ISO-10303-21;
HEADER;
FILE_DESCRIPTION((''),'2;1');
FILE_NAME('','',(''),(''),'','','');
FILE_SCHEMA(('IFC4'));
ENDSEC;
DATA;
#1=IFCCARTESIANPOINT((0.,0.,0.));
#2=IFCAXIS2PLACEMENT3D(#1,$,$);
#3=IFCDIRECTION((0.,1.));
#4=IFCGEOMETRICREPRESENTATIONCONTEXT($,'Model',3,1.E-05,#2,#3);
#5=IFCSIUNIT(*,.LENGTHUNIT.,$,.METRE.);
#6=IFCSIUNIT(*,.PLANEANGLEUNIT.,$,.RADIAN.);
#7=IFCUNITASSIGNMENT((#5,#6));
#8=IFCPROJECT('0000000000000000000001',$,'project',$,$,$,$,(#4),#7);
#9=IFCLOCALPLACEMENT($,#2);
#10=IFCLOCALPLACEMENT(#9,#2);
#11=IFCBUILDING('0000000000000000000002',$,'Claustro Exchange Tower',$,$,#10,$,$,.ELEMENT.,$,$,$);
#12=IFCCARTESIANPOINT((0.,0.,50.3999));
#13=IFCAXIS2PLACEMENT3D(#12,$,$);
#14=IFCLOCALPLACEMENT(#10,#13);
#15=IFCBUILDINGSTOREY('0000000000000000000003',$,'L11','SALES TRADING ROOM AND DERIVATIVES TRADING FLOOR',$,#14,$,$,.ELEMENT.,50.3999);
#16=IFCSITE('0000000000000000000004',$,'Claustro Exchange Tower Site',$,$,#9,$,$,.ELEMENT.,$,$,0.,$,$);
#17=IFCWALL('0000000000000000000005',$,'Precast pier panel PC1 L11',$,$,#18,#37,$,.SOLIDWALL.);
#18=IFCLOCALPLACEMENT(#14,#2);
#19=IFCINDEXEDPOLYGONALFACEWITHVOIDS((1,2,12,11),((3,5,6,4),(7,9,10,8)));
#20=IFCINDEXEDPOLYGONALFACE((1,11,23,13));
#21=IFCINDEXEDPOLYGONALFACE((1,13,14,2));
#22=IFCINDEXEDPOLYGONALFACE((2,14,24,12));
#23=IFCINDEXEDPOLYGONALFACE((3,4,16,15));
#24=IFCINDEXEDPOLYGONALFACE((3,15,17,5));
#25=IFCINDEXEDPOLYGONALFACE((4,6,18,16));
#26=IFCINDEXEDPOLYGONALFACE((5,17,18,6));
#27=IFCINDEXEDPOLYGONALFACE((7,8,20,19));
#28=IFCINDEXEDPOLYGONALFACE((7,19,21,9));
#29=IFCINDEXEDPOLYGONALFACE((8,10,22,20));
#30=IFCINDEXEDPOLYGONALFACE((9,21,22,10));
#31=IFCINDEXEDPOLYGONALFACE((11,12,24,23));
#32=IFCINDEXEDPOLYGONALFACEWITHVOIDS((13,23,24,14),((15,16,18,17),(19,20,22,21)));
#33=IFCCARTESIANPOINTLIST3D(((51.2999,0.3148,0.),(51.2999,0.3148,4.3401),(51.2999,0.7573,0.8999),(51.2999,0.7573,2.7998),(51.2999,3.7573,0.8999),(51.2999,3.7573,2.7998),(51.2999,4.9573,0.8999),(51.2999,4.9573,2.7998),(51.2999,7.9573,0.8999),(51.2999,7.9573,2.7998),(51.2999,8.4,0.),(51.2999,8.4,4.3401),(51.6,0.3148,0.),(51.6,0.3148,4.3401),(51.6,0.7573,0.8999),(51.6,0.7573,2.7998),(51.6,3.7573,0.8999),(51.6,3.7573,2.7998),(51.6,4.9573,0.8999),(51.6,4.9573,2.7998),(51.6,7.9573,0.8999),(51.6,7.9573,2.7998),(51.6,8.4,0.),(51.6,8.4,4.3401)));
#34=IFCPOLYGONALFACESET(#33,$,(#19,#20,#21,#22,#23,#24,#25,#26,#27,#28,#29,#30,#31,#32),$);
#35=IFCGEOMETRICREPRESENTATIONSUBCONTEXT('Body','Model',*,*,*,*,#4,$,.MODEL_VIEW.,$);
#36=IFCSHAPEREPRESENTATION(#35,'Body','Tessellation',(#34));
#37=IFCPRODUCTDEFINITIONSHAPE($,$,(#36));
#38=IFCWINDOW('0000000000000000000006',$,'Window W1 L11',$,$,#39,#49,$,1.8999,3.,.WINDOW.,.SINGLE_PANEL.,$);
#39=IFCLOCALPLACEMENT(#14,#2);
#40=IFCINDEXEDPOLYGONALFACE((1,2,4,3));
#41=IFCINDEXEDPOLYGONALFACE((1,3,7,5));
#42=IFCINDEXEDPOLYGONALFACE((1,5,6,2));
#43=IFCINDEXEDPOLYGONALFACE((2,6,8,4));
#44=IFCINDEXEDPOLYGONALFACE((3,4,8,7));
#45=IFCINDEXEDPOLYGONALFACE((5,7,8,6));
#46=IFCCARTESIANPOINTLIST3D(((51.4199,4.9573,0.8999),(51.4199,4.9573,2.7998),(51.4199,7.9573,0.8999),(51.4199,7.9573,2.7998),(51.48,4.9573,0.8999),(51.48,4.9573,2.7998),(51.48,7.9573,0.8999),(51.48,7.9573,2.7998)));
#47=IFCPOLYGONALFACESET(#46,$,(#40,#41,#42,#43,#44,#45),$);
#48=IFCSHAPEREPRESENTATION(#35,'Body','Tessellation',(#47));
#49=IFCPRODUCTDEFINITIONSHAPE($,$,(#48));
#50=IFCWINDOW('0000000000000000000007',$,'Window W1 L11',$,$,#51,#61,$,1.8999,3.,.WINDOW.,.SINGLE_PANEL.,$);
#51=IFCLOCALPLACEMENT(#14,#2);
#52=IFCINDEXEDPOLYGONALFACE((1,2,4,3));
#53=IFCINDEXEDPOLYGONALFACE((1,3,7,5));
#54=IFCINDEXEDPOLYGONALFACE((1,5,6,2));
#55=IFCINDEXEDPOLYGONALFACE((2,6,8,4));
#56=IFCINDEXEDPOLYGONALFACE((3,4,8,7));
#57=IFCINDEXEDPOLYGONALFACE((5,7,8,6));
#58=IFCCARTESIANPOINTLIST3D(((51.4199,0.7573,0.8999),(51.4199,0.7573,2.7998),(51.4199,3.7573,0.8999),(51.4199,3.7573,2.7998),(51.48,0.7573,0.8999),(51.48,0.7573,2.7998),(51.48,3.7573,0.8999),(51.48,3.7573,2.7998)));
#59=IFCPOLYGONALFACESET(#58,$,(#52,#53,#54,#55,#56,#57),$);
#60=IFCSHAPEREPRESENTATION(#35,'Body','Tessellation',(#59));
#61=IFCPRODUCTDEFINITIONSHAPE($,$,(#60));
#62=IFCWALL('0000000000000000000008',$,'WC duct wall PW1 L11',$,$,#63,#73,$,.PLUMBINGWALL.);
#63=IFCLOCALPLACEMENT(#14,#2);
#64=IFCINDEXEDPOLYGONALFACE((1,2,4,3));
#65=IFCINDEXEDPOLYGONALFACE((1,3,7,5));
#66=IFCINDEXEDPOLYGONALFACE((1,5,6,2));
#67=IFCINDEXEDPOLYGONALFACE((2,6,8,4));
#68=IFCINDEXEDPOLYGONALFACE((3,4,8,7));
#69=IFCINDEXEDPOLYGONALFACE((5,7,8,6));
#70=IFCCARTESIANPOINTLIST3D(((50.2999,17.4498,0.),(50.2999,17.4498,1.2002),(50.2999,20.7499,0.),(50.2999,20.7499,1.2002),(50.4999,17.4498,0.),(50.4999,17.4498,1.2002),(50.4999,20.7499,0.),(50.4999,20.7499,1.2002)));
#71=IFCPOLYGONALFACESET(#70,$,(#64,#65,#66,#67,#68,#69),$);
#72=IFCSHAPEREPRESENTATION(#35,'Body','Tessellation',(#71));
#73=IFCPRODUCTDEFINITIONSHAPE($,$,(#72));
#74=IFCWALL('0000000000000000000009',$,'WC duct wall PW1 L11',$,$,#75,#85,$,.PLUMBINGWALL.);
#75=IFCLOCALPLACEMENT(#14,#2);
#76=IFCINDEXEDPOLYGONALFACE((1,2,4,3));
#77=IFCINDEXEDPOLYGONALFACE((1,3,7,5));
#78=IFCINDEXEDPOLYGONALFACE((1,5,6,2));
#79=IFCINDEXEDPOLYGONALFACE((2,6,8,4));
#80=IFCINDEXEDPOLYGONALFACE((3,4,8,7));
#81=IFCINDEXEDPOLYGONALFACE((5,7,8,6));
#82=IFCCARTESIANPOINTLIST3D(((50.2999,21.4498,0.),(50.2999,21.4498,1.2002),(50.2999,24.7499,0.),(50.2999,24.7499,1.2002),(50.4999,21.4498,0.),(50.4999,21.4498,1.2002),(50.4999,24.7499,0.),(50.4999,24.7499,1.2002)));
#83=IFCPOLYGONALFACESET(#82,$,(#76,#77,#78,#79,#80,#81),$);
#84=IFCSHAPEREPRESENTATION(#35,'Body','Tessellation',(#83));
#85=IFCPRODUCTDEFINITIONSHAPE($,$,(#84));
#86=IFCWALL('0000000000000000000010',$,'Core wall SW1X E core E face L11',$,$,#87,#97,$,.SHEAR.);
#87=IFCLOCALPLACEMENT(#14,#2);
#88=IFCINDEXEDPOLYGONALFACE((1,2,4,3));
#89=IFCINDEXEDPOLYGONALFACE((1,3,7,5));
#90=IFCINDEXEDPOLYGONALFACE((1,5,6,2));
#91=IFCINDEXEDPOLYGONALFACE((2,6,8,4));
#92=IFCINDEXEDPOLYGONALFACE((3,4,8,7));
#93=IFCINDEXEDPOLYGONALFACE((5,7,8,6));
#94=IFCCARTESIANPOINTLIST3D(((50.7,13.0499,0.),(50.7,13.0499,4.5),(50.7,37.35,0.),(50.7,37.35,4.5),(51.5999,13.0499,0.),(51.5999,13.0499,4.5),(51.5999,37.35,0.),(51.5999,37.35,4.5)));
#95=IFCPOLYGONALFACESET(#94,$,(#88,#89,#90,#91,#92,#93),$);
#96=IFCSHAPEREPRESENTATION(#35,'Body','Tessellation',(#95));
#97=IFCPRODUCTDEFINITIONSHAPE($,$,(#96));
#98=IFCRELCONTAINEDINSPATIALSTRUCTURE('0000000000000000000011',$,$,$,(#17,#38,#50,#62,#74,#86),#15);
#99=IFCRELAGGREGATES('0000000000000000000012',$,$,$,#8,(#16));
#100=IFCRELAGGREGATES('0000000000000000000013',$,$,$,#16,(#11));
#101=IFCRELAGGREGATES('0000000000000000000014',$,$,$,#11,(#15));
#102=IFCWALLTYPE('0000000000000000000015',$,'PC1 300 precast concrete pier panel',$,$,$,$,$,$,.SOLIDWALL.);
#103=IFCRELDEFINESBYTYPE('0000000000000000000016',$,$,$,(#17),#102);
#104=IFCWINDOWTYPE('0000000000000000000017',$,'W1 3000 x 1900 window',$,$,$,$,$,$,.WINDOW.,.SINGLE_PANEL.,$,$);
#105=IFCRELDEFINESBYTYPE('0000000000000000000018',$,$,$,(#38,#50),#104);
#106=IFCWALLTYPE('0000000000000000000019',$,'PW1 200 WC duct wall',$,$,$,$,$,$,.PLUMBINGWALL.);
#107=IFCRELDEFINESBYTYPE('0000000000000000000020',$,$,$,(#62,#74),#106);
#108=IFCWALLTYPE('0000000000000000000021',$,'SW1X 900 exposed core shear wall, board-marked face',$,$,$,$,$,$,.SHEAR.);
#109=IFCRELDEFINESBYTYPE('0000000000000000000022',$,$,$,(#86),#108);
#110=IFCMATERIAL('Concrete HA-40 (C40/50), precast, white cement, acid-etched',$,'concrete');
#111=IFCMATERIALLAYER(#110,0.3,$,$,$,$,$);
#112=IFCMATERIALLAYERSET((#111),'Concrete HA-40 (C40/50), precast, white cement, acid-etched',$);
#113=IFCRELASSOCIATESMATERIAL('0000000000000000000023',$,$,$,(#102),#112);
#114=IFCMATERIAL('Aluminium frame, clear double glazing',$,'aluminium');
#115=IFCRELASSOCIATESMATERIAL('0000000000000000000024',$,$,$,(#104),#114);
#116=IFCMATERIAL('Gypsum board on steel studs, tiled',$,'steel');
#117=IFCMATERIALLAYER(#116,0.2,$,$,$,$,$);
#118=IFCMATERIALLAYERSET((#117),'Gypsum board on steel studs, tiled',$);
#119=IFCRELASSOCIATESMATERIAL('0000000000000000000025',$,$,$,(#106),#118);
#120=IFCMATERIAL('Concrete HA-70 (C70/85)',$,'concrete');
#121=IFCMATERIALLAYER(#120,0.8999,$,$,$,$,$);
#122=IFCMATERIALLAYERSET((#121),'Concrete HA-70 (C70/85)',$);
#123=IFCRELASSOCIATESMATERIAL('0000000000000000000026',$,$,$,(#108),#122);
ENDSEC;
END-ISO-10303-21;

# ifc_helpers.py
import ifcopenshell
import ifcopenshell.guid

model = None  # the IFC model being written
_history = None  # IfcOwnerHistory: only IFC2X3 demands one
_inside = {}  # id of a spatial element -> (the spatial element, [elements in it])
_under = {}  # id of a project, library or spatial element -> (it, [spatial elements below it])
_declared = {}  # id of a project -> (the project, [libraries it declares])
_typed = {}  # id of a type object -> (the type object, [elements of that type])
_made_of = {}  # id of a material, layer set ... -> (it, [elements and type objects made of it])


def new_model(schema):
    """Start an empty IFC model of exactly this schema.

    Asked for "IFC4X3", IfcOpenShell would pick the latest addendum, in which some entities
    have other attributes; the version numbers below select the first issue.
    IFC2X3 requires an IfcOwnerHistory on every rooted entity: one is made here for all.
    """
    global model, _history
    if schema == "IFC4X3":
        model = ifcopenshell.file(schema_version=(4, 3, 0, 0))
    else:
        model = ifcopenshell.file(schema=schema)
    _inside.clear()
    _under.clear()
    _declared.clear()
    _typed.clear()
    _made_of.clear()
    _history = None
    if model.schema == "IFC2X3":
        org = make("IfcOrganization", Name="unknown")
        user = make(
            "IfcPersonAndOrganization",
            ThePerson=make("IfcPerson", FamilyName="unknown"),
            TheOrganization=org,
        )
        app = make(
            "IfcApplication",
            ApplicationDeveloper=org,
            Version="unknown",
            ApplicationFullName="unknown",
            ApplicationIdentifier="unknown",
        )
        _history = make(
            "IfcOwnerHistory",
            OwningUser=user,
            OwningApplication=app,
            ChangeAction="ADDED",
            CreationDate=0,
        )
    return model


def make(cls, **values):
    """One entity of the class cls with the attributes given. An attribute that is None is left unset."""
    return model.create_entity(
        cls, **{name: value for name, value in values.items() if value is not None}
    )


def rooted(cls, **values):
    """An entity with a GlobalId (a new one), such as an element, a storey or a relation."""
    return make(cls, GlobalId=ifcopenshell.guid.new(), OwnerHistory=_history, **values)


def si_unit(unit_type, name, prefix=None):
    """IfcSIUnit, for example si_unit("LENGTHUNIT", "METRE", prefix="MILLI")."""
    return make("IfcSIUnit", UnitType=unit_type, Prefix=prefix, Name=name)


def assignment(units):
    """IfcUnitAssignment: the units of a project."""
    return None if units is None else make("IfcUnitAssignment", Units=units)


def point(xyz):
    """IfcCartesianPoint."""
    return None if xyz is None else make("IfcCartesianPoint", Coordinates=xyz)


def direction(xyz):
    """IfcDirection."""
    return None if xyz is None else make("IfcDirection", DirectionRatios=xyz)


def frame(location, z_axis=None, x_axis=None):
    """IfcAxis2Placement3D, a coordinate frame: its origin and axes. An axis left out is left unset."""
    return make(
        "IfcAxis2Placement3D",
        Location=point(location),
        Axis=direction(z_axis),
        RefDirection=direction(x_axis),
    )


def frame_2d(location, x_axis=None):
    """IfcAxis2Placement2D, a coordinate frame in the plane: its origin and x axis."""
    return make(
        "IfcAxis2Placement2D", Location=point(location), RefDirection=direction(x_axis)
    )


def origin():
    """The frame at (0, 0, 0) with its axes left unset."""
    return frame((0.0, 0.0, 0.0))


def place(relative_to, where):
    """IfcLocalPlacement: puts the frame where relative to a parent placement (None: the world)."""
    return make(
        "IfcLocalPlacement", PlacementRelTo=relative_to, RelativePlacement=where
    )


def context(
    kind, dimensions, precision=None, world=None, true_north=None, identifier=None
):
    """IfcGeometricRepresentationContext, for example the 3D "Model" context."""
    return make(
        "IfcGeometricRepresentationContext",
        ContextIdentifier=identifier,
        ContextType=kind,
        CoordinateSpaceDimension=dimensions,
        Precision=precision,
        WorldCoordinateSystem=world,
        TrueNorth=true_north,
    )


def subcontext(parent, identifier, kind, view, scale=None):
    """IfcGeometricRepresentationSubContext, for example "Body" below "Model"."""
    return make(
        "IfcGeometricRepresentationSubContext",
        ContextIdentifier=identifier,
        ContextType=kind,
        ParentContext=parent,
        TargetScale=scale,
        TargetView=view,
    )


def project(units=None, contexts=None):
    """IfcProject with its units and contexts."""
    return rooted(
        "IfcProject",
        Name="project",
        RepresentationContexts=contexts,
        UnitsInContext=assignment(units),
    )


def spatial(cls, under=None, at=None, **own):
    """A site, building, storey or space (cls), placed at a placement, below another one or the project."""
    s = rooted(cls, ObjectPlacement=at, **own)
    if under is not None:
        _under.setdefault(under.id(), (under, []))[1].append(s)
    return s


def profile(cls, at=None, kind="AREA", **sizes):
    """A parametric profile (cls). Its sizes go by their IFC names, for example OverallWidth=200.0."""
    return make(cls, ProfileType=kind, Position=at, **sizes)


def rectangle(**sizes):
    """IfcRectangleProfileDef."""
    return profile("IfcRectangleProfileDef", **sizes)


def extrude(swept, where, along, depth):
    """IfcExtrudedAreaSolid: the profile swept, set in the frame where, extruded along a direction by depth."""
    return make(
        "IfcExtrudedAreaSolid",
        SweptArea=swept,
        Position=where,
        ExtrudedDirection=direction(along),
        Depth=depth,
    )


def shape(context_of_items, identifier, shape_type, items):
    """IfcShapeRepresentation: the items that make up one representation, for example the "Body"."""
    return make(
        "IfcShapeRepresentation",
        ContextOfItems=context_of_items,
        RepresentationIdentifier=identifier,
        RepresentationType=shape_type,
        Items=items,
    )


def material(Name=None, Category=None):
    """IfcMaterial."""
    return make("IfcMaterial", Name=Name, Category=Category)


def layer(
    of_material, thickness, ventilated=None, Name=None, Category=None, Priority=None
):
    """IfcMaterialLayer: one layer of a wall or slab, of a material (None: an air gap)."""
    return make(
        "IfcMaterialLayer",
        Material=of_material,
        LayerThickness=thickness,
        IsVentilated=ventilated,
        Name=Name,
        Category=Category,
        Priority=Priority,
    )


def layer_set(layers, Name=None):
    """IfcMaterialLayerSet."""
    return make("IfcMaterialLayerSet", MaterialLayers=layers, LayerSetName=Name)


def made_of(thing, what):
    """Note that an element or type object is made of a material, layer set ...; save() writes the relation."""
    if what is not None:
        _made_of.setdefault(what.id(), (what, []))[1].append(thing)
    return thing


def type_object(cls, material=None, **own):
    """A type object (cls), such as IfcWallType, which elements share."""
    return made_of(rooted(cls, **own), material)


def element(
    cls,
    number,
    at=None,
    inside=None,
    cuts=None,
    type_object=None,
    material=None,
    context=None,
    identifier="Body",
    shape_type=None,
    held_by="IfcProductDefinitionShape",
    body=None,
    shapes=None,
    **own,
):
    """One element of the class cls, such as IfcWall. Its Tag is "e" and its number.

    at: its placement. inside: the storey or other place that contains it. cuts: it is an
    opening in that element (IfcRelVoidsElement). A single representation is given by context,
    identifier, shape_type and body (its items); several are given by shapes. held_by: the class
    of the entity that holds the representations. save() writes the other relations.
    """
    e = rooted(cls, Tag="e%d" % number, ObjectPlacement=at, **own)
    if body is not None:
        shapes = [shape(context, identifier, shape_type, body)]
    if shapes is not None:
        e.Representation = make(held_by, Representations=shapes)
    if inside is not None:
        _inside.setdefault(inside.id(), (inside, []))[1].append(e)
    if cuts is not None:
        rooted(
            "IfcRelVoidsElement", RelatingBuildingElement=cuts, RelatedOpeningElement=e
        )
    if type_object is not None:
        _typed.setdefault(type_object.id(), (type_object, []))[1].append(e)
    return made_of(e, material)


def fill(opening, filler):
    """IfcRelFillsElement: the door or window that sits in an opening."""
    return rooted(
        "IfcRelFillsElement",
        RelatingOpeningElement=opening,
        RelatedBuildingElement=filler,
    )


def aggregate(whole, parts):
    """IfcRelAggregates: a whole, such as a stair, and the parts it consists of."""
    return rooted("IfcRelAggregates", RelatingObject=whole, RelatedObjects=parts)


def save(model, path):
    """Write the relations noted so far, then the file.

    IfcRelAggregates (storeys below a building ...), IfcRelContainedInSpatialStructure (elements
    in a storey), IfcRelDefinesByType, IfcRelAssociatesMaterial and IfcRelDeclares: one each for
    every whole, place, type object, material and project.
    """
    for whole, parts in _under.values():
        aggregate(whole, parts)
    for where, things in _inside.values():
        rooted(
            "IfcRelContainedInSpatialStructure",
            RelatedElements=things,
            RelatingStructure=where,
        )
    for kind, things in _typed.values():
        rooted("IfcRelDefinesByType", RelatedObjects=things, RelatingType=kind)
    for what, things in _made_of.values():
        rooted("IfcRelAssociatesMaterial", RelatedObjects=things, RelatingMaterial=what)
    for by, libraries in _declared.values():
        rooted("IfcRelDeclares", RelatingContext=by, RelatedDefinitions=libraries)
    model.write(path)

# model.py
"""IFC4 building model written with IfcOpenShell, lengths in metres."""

from ifc_helpers import new_model, si_unit, direction, frame, frame_2d, origin, place, context, subcontext, project, spatial, rectangle, extrude, material, layer, layer_set, type_object, element, fill, save


model = new_model("IFC4")

# Units and contexts
model_context = context("Model", 3, precision=1e-05, world=origin(), true_north=direction((0.0, 1.0)))
body_context = subcontext(model_context, "Body", "Model", "MODEL_VIEW")
ifc_project = project(units=[si_unit("LENGTHUNIT", "METRE"), si_unit("PLANEANGLEUNIT", "RADIAN")], contexts=[model_context])

# Site, building, storey
site_placement = place(None, origin())
site = spatial("IfcSite", under=ifc_project, at=site_placement, Name="Claustro Exchange Tower Site", CompositionType="ELEMENT", RefElevation=0.0)
building_placement = place(site_placement, origin())
building = spatial("IfcBuilding", under=site, at=building_placement, Name="Claustro Exchange Tower", CompositionType="ELEMENT")
storey_placement = place(building_placement, frame((0.0, 0.0, 50.3999)))
storey = spatial("IfcBuildingStorey", under=building, at=storey_placement, Name="L11", Description="SALES TRADING ROOM AND DERIVATIVES TRADING FLOOR", CompositionType="ELEMENT", Elevation=50.3999)

# Shared definitions
ifc_material_1 = material(Name="Concrete HA-40 (C40/50), precast, white cement, acid-etched", Category="concrete")
ifc_layer_1 = layer(ifc_material_1, 0.3)
ifc_layer_set_1 = layer_set([ifc_layer_1], Name="Concrete HA-40 (C40/50), precast, white cement, acid-etched")
wall_type_1 = type_object("IfcWallType", Name="PC1 300 precast concrete pier panel", PredefinedType="SOLIDWALL", material=ifc_layer_set_1)

# Wall, openings, windows
wall_1_placement = place(storey_placement, frame((51.45, 8.3999, 0.0), z_axis=(0.0, 0.0, 1.0), x_axis=(0.0, -1.0, 0.0)))
wall_1 = element("IfcWall", 1, at=wall_1_placement, inside=storey, type_object=wall_type_1, Name="Precast pier panel PC1 L11", PredefinedType="SOLIDWALL", context=body_context, shape_type="SweptSolid", body=[
    extrude(rectangle(XDim=8.0852, YDim=0.3, at=frame_2d((4.0425, 0.0))), origin(), (0.0, 0.0, 1.0), 4.3401),
])
opening_1_placement = place(wall_1_placement, frame((0.4426, 0.0, 0.8999)))
opening_1 = element("IfcOpeningElement", 2, at=opening_1_placement, cuts=wall_1, PredefinedType="OPENING", context=body_context, shape_type="SweptSolid", body=[
    extrude(rectangle(XDim=3.0, YDim=1.8999, at=frame_2d((1.5, 0.95))), frame((0.0, 0.1599, 0.0), z_axis=(0.0, -1.0, 0.0), x_axis=(1.0, 0.0, 0.0)), (0.0, 0.0, 1.0), 0.3201),
])
opening_2_placement = place(wall_1_placement, frame((4.6426, 0.0, 0.8999)))
opening_2 = element("IfcOpeningElement", 3, at=opening_2_placement, cuts=wall_1, PredefinedType="OPENING", context=body_context, shape_type="SweptSolid", body=[
    extrude(rectangle(XDim=3.0, YDim=1.8999, at=frame_2d((1.5, 0.95))), frame((0.0, 0.1599, 0.0), z_axis=(0.0, -1.0, 0.0), x_axis=(1.0, 0.0, 0.0)), (0.0, 0.0, 1.0), 0.3201),
])
ifc_material_2 = material(Name="Aluminium frame, clear double glazing", Category="aluminium")
window_type_1 = type_object("IfcWindowType", Name="W1 3000 x 1900 window", PartitioningType="SINGLE_PANEL", PredefinedType="WINDOW", material=ifc_material_2)
window_1_placement = place(opening_1_placement, origin())
window_1 = element("IfcWindow", 4, at=window_1_placement, inside=storey, type_object=window_type_1, Name="Window W1 L11", OverallHeight=1.8999, OverallWidth=3.0, PartitioningType="SINGLE_PANEL", PredefinedType="WINDOW", context=body_context, shape_type="SweptSolid", body=[
    extrude(rectangle(XDim=3.0, YDim=1.8999, at=frame_2d((1.5, 0.95))), frame((0.0, 0.03, 0.0), z_axis=(0.0, -1.0, 0.0), x_axis=(1.0, 0.0, 0.0)), (0.0, 0.0, 1.0), 0.0601),
])
fill(opening_1, window_1)
window_2_placement = place(opening_2_placement, origin())
window_2 = element("IfcWindow", 5, at=window_2_placement, inside=storey, type_object=window_type_1, Name="Window W1 L11", OverallHeight=1.8999, OverallWidth=3.0, PartitioningType="SINGLE_PANEL", PredefinedType="WINDOW", context=body_context, shape_type="SweptSolid", body=[
    extrude(rectangle(XDim=3.0, YDim=1.8999, at=frame_2d((1.5, 0.95))), frame((0.0, 0.03, 0.0), z_axis=(0.0, -1.0, 0.0), x_axis=(1.0, 0.0, 0.0)), (0.0, 0.0, 1.0), 0.0601),
])
fill(opening_2, window_2)

# Walls
ifc_material_3 = material(Name="Gypsum board on steel studs, tiled", Category="steel")
ifc_layer_2 = layer(ifc_material_3, 0.2)
ifc_layer_set_2 = layer_set([ifc_layer_2], Name="Gypsum board on steel studs, tiled")
wall_type_2 = type_object("IfcWallType", Name="PW1 200 WC duct wall", PredefinedType="PLUMBINGWALL", material=ifc_layer_set_2)
for number, where, z_axis, x_axis, name in (
    (6, (50.3999, 17.45, 0.0), (0.0, 0.0, 1.0), (0.0, 1.0, 0.0), "WC duct wall PW1 L11"),
    (7, (50.3999, 21.45, 0.0), (0.0, 0.0, 1.0), (0.0, 1.0, 0.0), "WC duct wall PW1 L11"),
):
    element("IfcWall", number, at=place(storey_placement, frame(where, z_axis=z_axis, x_axis=x_axis)), inside=storey, type_object=wall_type_2, Name=name, PredefinedType="PLUMBINGWALL", context=body_context, shape_type="SweptSolid", body=[
        extrude(rectangle(XDim=3.3, YDim=0.2, at=frame_2d((1.6499, 0.0))), origin(), (0.0, 0.0, 1.0), 1.2002),
    ])
ifc_material_4 = material(Name="Concrete HA-70 (C70/85)", Category="concrete")
ifc_layer_3 = layer(ifc_material_4, 0.8999)
ifc_layer_set_3 = layer_set([ifc_layer_3], Name="Concrete HA-70 (C70/85)")
wall_type_3 = type_object("IfcWallType", Name="SW1X 900 exposed core shear wall, board-marked face", PredefinedType="SHEAR", material=ifc_layer_set_3)
wall_2_placement = place(storey_placement, frame((51.1499, 13.05, 0.0), z_axis=(0.0, 0.0, 1.0), x_axis=(0.0, 1.0, 0.0)))
element("IfcWall", 8, at=wall_2_placement, inside=storey, type_object=wall_type_3, Name="Core wall SW1X E core E face L11", PredefinedType="SHEAR", context=body_context, shape_type="SweptSolid", body=[
    extrude(rectangle(XDim=24.3, YDim=0.8999, at=frame_2d((12.1499, 0.0))), origin(), (0.0, 0.0, 1.0), 4.5),
])

save(model, "model.ifc")
